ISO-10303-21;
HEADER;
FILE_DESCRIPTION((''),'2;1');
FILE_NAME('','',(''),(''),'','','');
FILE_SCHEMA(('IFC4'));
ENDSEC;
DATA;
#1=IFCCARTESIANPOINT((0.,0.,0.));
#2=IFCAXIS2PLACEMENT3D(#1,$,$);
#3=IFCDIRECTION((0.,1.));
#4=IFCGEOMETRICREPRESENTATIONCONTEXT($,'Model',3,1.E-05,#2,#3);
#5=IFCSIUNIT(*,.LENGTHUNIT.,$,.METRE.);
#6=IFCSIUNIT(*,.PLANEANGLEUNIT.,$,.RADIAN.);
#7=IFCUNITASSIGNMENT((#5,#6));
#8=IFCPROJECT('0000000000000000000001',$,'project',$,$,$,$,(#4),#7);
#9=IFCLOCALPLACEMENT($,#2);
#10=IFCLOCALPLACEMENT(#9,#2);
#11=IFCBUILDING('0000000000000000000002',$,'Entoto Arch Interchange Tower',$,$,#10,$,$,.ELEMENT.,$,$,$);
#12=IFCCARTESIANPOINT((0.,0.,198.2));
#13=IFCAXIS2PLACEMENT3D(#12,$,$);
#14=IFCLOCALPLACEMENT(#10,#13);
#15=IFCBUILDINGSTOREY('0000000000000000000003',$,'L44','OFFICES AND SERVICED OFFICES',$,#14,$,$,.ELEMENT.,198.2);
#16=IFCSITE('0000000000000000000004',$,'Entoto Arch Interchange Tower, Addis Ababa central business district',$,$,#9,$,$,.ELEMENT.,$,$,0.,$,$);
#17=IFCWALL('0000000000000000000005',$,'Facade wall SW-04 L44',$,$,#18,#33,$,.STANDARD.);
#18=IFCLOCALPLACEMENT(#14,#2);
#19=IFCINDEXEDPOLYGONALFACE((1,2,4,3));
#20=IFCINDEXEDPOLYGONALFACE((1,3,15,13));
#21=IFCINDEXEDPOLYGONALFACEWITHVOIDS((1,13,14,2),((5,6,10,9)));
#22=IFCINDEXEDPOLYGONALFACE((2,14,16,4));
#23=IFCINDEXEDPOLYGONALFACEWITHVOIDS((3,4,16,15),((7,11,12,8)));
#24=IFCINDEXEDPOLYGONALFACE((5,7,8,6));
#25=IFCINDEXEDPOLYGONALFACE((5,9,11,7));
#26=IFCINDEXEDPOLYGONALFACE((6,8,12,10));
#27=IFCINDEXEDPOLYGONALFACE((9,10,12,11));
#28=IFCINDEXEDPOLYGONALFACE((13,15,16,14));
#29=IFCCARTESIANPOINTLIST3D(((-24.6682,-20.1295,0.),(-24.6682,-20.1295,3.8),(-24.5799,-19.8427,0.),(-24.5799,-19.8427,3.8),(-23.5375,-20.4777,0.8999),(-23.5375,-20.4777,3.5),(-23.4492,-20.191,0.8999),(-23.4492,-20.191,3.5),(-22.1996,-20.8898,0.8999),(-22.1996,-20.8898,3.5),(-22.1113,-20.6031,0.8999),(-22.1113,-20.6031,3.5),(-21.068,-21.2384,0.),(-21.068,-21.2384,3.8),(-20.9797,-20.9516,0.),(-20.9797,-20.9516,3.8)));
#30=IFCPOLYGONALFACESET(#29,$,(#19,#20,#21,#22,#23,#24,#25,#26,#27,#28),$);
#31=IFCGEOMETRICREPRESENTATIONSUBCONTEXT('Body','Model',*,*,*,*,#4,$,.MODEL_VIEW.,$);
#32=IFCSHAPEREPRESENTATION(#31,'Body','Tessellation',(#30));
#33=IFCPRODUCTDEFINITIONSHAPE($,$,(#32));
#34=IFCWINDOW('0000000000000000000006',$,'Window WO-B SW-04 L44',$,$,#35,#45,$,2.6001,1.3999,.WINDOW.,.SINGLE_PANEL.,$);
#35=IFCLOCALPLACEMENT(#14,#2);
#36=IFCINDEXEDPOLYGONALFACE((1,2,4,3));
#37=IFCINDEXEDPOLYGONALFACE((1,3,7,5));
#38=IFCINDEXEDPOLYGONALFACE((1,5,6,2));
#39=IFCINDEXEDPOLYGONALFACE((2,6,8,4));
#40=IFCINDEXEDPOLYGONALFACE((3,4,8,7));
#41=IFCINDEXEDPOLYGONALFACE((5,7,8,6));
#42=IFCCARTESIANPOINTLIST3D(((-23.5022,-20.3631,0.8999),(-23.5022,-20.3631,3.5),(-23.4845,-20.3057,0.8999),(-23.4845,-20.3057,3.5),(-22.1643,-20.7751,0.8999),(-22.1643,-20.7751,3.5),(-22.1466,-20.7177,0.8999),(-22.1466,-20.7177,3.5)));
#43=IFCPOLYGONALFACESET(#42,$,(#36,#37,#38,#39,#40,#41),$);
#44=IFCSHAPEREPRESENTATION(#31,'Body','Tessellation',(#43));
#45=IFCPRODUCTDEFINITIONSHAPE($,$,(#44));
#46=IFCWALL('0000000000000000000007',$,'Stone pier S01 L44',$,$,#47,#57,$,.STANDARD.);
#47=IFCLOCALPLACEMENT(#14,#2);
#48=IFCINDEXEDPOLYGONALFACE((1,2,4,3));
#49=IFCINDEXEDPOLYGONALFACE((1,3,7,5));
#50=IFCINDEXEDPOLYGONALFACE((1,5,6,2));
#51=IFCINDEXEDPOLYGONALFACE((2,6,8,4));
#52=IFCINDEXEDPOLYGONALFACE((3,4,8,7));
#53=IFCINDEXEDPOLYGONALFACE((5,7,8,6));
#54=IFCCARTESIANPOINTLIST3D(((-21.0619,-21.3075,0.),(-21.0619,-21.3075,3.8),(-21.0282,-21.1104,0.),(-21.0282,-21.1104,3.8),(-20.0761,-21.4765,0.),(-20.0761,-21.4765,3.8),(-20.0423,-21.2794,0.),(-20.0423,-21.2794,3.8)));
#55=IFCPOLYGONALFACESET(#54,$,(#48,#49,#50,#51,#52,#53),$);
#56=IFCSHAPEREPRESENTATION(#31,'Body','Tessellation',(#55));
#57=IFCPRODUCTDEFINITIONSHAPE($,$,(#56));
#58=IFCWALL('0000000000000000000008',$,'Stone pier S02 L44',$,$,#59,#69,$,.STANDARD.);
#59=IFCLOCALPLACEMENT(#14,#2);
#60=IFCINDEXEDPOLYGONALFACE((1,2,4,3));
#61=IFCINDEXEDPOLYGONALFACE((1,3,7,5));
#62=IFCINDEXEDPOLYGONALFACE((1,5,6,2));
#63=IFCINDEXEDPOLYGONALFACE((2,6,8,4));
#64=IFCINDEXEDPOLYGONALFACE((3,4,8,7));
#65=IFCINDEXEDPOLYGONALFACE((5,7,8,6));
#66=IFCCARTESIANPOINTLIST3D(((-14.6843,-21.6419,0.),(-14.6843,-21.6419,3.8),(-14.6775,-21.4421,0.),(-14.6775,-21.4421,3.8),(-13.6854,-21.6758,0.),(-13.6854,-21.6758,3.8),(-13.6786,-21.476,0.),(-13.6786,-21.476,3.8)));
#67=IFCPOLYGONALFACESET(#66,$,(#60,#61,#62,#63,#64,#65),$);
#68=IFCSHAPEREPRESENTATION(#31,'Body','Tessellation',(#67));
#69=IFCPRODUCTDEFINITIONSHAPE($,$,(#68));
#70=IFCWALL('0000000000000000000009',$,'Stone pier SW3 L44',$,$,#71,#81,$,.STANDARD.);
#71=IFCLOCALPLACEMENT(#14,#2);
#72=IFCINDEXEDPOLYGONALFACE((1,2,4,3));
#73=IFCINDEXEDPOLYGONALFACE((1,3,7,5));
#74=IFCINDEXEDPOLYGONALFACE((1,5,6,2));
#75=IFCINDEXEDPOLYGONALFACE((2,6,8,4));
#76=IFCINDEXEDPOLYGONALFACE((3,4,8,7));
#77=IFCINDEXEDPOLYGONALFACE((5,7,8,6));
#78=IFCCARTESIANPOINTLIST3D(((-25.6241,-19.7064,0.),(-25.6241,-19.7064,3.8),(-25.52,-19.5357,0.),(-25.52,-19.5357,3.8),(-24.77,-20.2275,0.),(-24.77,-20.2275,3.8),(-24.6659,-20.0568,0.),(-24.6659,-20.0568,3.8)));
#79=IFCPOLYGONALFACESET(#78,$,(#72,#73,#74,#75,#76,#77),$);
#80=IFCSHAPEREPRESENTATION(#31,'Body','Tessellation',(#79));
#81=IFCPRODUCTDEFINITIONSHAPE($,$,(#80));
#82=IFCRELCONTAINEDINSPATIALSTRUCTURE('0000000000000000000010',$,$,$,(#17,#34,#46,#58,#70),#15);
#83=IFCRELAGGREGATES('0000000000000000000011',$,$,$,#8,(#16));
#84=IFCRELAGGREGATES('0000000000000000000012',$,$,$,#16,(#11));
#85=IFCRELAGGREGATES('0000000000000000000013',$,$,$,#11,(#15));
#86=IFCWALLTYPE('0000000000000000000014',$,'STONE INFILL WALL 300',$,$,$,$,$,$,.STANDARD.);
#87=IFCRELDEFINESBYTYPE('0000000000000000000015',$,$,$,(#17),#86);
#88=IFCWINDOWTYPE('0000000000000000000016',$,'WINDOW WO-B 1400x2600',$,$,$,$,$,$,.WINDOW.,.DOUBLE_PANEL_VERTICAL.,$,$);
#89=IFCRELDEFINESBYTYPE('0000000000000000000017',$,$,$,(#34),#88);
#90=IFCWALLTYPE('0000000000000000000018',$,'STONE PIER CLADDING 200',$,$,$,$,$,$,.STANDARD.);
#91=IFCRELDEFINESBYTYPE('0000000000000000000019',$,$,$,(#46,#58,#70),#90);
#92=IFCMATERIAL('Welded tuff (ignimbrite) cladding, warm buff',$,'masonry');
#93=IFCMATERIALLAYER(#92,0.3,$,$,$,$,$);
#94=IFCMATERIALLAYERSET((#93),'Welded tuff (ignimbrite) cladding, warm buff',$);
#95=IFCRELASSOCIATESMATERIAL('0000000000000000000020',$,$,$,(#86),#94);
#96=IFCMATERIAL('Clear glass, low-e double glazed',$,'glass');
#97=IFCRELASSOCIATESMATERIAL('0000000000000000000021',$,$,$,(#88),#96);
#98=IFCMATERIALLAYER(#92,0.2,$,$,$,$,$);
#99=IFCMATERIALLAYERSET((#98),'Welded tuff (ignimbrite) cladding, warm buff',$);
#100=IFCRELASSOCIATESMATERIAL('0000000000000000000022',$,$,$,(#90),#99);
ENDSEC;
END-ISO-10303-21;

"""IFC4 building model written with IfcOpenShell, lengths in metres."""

from ifc_helpers import new_model, si_unit, direction, frame, frame_2d, origin, place, context, subcontext, project, spatial, rectangle, extrude, material, layer, layer_set, type_object, element, fill, save


model = new_model("IFC4")

# Units and contexts
model_context = context("Model", 3, precision=1e-05, world=origin(), true_north=direction((0.0, 1.0)))
body_context = subcontext(model_context, "Body", "Model", "MODEL_VIEW")
ifc_project = project(units=[si_unit("LENGTHUNIT", "METRE"), si_unit("PLANEANGLEUNIT", "RADIAN")], contexts=[model_context])

# Site, building, storey
site_placement = place(None, origin())
site = spatial("IfcSite", under=ifc_project, at=site_placement, Name="Entoto Arch Interchange Tower, Addis Ababa central business district", CompositionType="ELEMENT", RefElevation=0.0)
building_placement = place(site_placement, origin())
building = spatial("IfcBuilding", under=site, at=building_placement, Name="Entoto Arch Interchange Tower", CompositionType="ELEMENT")
storey_placement = place(building_placement, frame((0.0, 0.0, 198.2)))
storey = spatial("IfcBuildingStorey", under=building, at=storey_placement, Name="L44", Description="OFFICES AND SERVICED OFFICES", CompositionType="ELEMENT", Elevation=198.2)

# Shared definitions
ifc_material_1 = material(Name="Welded tuff (ignimbrite) cladding, warm buff", Category="masonry")
ifc_layer_1 = layer(ifc_material_1, 0.3)
ifc_layer_set_1 = layer_set([ifc_layer_1], Name="Welded tuff (ignimbrite) cladding, warm buff")
wall_type_1 = type_object("IfcWallType", Name="STONE INFILL WALL 300", PredefinedType="STANDARD", material=ifc_layer_set_1)
ifc_material_2 = material(Name="Clear glass, low-e double glazed", Category="glass")
window_type = type_object("IfcWindowType", Name="WINDOW WO-B 1400x2600", PartitioningType="DOUBLE_PANEL_VERTICAL", PredefinedType="WINDOW", material=ifc_material_2)

# Wall, opening, window
wall_1_placement = place(storey_placement, frame((-24.624, -19.9861, 0.0), z_axis=(0.0, 0.0, 1.0), x_axis=(0.955692, -0.294368, 0.0)))
wall_1 = element("IfcWall", 1, at=wall_1_placement, inside=storey, type_object=wall_type_1, Name="Facade wall SW-04 L44", PredefinedType="STANDARD", context=body_context, shape_type="SweptSolid", body=[
    extrude(rectangle(XDim=3.7671, YDim=0.3, at=frame_2d((1.8835, 0.0))), origin(), (0.0, 0.0, 1.0), 3.8),
])
opening_1_placement = place(wall_1_placement, frame((1.1831, 0.0, 0.8999)))
opening_1 = element("IfcOpeningElement", 2, at=opening_1_placement, cuts=wall_1, PredefinedType="OPENING", context=body_context, shape_type="SweptSolid", body=[
    extrude(rectangle(XDim=1.3999, YDim=2.6001, at=frame_2d((0.7, 1.3))), frame((0.0, 0.1602, 0.0), z_axis=(0.0, -1.0, 0.0), x_axis=(1.0, 0.0, 0.0)), (0.0, 0.0, 1.0), 0.3201),
])
window_1_placement = place(opening_1_placement, origin())
window_1 = element("IfcWindow", 3, at=window_1_placement, inside=storey, type_object=window_type, Name="Window WO-B SW-04 L44", OverallHeight=2.6001, OverallWidth=1.3999, PartitioningType="SINGLE_PANEL", PredefinedType="WINDOW", context=body_context, shape_type="SweptSolid", body=[
    extrude(rectangle(XDim=1.3999, YDim=2.6001, at=frame_2d((0.7, 1.3))), frame((0.0, 0.03, 0.0), z_axis=(0.0, -1.0, 0.0), x_axis=(1.0, 0.0, 0.0)), (0.0, 0.0, 1.0), 0.0601),
])
fill(opening_1, window_1)

# Walls
ifc_layer_2 = layer(ifc_material_1, 0.2)
ifc_layer_set_2 = layer_set([ifc_layer_2], Name="Welded tuff (ignimbrite) cladding, warm buff")
wall_type_2 = type_object("IfcWallType", Name="STONE PIER CLADDING 200", PredefinedType="STANDARD", material=ifc_layer_set_2)
wall_2_placement = place(storey_placement, frame((-21.0449, -21.209, 0.0), z_axis=(0.0, 0.0, 1.0), x_axis=(0.985632, -0.16891, 0.0)))
element("IfcWall", 4, at=wall_2_placement, inside=storey, type_object=wall_type_2, Name="Stone pier S01 L44", PredefinedType="STANDARD", context=body_context, shape_type="SweptSolid", body=[
    extrude(rectangle(XDim=1.0002, YDim=0.2, at=frame_2d((0.5, 0.0))), origin(), (0.0, 0.0, 1.0), 3.8),
])
wall_3_placement = place(storey_placement, frame((-14.6809, -21.542, 0.0), z_axis=(0.0, 0.0, 1.0), x_axis=(0.999424, -0.033949, 0.0)))
element("IfcWall", 5, at=wall_3_placement, inside=storey, type_object=wall_type_2, Name="Stone pier S02 L44", PredefinedType="STANDARD", context=body_context, shape_type="SweptSolid", body=[
    extrude(rectangle(XDim=0.9995, YDim=0.2, at=frame_2d((0.4998, 0.0))), origin(), (0.0, 0.0, 1.0), 3.8),
])
wall_4_placement = place(storey_placement, frame((-25.572, -19.6211, 0.0), z_axis=(0.0, 0.0, 1.0), x_axis=(0.85368, -0.520798, 0.0)))
element("IfcWall", 6, at=wall_4_placement, inside=storey, type_object=wall_type_2, Name="Stone pier SW3 L44", PredefinedType="STANDARD", context=body_context, shape_type="SweptSolid", body=[
    extrude(rectangle(XDim=1.0005, YDim=0.2, at=frame_2d((0.5002, 0.0))), origin(), (0.0, 0.0, 1.0), 3.8),
])

save(model, "model.ifc")
